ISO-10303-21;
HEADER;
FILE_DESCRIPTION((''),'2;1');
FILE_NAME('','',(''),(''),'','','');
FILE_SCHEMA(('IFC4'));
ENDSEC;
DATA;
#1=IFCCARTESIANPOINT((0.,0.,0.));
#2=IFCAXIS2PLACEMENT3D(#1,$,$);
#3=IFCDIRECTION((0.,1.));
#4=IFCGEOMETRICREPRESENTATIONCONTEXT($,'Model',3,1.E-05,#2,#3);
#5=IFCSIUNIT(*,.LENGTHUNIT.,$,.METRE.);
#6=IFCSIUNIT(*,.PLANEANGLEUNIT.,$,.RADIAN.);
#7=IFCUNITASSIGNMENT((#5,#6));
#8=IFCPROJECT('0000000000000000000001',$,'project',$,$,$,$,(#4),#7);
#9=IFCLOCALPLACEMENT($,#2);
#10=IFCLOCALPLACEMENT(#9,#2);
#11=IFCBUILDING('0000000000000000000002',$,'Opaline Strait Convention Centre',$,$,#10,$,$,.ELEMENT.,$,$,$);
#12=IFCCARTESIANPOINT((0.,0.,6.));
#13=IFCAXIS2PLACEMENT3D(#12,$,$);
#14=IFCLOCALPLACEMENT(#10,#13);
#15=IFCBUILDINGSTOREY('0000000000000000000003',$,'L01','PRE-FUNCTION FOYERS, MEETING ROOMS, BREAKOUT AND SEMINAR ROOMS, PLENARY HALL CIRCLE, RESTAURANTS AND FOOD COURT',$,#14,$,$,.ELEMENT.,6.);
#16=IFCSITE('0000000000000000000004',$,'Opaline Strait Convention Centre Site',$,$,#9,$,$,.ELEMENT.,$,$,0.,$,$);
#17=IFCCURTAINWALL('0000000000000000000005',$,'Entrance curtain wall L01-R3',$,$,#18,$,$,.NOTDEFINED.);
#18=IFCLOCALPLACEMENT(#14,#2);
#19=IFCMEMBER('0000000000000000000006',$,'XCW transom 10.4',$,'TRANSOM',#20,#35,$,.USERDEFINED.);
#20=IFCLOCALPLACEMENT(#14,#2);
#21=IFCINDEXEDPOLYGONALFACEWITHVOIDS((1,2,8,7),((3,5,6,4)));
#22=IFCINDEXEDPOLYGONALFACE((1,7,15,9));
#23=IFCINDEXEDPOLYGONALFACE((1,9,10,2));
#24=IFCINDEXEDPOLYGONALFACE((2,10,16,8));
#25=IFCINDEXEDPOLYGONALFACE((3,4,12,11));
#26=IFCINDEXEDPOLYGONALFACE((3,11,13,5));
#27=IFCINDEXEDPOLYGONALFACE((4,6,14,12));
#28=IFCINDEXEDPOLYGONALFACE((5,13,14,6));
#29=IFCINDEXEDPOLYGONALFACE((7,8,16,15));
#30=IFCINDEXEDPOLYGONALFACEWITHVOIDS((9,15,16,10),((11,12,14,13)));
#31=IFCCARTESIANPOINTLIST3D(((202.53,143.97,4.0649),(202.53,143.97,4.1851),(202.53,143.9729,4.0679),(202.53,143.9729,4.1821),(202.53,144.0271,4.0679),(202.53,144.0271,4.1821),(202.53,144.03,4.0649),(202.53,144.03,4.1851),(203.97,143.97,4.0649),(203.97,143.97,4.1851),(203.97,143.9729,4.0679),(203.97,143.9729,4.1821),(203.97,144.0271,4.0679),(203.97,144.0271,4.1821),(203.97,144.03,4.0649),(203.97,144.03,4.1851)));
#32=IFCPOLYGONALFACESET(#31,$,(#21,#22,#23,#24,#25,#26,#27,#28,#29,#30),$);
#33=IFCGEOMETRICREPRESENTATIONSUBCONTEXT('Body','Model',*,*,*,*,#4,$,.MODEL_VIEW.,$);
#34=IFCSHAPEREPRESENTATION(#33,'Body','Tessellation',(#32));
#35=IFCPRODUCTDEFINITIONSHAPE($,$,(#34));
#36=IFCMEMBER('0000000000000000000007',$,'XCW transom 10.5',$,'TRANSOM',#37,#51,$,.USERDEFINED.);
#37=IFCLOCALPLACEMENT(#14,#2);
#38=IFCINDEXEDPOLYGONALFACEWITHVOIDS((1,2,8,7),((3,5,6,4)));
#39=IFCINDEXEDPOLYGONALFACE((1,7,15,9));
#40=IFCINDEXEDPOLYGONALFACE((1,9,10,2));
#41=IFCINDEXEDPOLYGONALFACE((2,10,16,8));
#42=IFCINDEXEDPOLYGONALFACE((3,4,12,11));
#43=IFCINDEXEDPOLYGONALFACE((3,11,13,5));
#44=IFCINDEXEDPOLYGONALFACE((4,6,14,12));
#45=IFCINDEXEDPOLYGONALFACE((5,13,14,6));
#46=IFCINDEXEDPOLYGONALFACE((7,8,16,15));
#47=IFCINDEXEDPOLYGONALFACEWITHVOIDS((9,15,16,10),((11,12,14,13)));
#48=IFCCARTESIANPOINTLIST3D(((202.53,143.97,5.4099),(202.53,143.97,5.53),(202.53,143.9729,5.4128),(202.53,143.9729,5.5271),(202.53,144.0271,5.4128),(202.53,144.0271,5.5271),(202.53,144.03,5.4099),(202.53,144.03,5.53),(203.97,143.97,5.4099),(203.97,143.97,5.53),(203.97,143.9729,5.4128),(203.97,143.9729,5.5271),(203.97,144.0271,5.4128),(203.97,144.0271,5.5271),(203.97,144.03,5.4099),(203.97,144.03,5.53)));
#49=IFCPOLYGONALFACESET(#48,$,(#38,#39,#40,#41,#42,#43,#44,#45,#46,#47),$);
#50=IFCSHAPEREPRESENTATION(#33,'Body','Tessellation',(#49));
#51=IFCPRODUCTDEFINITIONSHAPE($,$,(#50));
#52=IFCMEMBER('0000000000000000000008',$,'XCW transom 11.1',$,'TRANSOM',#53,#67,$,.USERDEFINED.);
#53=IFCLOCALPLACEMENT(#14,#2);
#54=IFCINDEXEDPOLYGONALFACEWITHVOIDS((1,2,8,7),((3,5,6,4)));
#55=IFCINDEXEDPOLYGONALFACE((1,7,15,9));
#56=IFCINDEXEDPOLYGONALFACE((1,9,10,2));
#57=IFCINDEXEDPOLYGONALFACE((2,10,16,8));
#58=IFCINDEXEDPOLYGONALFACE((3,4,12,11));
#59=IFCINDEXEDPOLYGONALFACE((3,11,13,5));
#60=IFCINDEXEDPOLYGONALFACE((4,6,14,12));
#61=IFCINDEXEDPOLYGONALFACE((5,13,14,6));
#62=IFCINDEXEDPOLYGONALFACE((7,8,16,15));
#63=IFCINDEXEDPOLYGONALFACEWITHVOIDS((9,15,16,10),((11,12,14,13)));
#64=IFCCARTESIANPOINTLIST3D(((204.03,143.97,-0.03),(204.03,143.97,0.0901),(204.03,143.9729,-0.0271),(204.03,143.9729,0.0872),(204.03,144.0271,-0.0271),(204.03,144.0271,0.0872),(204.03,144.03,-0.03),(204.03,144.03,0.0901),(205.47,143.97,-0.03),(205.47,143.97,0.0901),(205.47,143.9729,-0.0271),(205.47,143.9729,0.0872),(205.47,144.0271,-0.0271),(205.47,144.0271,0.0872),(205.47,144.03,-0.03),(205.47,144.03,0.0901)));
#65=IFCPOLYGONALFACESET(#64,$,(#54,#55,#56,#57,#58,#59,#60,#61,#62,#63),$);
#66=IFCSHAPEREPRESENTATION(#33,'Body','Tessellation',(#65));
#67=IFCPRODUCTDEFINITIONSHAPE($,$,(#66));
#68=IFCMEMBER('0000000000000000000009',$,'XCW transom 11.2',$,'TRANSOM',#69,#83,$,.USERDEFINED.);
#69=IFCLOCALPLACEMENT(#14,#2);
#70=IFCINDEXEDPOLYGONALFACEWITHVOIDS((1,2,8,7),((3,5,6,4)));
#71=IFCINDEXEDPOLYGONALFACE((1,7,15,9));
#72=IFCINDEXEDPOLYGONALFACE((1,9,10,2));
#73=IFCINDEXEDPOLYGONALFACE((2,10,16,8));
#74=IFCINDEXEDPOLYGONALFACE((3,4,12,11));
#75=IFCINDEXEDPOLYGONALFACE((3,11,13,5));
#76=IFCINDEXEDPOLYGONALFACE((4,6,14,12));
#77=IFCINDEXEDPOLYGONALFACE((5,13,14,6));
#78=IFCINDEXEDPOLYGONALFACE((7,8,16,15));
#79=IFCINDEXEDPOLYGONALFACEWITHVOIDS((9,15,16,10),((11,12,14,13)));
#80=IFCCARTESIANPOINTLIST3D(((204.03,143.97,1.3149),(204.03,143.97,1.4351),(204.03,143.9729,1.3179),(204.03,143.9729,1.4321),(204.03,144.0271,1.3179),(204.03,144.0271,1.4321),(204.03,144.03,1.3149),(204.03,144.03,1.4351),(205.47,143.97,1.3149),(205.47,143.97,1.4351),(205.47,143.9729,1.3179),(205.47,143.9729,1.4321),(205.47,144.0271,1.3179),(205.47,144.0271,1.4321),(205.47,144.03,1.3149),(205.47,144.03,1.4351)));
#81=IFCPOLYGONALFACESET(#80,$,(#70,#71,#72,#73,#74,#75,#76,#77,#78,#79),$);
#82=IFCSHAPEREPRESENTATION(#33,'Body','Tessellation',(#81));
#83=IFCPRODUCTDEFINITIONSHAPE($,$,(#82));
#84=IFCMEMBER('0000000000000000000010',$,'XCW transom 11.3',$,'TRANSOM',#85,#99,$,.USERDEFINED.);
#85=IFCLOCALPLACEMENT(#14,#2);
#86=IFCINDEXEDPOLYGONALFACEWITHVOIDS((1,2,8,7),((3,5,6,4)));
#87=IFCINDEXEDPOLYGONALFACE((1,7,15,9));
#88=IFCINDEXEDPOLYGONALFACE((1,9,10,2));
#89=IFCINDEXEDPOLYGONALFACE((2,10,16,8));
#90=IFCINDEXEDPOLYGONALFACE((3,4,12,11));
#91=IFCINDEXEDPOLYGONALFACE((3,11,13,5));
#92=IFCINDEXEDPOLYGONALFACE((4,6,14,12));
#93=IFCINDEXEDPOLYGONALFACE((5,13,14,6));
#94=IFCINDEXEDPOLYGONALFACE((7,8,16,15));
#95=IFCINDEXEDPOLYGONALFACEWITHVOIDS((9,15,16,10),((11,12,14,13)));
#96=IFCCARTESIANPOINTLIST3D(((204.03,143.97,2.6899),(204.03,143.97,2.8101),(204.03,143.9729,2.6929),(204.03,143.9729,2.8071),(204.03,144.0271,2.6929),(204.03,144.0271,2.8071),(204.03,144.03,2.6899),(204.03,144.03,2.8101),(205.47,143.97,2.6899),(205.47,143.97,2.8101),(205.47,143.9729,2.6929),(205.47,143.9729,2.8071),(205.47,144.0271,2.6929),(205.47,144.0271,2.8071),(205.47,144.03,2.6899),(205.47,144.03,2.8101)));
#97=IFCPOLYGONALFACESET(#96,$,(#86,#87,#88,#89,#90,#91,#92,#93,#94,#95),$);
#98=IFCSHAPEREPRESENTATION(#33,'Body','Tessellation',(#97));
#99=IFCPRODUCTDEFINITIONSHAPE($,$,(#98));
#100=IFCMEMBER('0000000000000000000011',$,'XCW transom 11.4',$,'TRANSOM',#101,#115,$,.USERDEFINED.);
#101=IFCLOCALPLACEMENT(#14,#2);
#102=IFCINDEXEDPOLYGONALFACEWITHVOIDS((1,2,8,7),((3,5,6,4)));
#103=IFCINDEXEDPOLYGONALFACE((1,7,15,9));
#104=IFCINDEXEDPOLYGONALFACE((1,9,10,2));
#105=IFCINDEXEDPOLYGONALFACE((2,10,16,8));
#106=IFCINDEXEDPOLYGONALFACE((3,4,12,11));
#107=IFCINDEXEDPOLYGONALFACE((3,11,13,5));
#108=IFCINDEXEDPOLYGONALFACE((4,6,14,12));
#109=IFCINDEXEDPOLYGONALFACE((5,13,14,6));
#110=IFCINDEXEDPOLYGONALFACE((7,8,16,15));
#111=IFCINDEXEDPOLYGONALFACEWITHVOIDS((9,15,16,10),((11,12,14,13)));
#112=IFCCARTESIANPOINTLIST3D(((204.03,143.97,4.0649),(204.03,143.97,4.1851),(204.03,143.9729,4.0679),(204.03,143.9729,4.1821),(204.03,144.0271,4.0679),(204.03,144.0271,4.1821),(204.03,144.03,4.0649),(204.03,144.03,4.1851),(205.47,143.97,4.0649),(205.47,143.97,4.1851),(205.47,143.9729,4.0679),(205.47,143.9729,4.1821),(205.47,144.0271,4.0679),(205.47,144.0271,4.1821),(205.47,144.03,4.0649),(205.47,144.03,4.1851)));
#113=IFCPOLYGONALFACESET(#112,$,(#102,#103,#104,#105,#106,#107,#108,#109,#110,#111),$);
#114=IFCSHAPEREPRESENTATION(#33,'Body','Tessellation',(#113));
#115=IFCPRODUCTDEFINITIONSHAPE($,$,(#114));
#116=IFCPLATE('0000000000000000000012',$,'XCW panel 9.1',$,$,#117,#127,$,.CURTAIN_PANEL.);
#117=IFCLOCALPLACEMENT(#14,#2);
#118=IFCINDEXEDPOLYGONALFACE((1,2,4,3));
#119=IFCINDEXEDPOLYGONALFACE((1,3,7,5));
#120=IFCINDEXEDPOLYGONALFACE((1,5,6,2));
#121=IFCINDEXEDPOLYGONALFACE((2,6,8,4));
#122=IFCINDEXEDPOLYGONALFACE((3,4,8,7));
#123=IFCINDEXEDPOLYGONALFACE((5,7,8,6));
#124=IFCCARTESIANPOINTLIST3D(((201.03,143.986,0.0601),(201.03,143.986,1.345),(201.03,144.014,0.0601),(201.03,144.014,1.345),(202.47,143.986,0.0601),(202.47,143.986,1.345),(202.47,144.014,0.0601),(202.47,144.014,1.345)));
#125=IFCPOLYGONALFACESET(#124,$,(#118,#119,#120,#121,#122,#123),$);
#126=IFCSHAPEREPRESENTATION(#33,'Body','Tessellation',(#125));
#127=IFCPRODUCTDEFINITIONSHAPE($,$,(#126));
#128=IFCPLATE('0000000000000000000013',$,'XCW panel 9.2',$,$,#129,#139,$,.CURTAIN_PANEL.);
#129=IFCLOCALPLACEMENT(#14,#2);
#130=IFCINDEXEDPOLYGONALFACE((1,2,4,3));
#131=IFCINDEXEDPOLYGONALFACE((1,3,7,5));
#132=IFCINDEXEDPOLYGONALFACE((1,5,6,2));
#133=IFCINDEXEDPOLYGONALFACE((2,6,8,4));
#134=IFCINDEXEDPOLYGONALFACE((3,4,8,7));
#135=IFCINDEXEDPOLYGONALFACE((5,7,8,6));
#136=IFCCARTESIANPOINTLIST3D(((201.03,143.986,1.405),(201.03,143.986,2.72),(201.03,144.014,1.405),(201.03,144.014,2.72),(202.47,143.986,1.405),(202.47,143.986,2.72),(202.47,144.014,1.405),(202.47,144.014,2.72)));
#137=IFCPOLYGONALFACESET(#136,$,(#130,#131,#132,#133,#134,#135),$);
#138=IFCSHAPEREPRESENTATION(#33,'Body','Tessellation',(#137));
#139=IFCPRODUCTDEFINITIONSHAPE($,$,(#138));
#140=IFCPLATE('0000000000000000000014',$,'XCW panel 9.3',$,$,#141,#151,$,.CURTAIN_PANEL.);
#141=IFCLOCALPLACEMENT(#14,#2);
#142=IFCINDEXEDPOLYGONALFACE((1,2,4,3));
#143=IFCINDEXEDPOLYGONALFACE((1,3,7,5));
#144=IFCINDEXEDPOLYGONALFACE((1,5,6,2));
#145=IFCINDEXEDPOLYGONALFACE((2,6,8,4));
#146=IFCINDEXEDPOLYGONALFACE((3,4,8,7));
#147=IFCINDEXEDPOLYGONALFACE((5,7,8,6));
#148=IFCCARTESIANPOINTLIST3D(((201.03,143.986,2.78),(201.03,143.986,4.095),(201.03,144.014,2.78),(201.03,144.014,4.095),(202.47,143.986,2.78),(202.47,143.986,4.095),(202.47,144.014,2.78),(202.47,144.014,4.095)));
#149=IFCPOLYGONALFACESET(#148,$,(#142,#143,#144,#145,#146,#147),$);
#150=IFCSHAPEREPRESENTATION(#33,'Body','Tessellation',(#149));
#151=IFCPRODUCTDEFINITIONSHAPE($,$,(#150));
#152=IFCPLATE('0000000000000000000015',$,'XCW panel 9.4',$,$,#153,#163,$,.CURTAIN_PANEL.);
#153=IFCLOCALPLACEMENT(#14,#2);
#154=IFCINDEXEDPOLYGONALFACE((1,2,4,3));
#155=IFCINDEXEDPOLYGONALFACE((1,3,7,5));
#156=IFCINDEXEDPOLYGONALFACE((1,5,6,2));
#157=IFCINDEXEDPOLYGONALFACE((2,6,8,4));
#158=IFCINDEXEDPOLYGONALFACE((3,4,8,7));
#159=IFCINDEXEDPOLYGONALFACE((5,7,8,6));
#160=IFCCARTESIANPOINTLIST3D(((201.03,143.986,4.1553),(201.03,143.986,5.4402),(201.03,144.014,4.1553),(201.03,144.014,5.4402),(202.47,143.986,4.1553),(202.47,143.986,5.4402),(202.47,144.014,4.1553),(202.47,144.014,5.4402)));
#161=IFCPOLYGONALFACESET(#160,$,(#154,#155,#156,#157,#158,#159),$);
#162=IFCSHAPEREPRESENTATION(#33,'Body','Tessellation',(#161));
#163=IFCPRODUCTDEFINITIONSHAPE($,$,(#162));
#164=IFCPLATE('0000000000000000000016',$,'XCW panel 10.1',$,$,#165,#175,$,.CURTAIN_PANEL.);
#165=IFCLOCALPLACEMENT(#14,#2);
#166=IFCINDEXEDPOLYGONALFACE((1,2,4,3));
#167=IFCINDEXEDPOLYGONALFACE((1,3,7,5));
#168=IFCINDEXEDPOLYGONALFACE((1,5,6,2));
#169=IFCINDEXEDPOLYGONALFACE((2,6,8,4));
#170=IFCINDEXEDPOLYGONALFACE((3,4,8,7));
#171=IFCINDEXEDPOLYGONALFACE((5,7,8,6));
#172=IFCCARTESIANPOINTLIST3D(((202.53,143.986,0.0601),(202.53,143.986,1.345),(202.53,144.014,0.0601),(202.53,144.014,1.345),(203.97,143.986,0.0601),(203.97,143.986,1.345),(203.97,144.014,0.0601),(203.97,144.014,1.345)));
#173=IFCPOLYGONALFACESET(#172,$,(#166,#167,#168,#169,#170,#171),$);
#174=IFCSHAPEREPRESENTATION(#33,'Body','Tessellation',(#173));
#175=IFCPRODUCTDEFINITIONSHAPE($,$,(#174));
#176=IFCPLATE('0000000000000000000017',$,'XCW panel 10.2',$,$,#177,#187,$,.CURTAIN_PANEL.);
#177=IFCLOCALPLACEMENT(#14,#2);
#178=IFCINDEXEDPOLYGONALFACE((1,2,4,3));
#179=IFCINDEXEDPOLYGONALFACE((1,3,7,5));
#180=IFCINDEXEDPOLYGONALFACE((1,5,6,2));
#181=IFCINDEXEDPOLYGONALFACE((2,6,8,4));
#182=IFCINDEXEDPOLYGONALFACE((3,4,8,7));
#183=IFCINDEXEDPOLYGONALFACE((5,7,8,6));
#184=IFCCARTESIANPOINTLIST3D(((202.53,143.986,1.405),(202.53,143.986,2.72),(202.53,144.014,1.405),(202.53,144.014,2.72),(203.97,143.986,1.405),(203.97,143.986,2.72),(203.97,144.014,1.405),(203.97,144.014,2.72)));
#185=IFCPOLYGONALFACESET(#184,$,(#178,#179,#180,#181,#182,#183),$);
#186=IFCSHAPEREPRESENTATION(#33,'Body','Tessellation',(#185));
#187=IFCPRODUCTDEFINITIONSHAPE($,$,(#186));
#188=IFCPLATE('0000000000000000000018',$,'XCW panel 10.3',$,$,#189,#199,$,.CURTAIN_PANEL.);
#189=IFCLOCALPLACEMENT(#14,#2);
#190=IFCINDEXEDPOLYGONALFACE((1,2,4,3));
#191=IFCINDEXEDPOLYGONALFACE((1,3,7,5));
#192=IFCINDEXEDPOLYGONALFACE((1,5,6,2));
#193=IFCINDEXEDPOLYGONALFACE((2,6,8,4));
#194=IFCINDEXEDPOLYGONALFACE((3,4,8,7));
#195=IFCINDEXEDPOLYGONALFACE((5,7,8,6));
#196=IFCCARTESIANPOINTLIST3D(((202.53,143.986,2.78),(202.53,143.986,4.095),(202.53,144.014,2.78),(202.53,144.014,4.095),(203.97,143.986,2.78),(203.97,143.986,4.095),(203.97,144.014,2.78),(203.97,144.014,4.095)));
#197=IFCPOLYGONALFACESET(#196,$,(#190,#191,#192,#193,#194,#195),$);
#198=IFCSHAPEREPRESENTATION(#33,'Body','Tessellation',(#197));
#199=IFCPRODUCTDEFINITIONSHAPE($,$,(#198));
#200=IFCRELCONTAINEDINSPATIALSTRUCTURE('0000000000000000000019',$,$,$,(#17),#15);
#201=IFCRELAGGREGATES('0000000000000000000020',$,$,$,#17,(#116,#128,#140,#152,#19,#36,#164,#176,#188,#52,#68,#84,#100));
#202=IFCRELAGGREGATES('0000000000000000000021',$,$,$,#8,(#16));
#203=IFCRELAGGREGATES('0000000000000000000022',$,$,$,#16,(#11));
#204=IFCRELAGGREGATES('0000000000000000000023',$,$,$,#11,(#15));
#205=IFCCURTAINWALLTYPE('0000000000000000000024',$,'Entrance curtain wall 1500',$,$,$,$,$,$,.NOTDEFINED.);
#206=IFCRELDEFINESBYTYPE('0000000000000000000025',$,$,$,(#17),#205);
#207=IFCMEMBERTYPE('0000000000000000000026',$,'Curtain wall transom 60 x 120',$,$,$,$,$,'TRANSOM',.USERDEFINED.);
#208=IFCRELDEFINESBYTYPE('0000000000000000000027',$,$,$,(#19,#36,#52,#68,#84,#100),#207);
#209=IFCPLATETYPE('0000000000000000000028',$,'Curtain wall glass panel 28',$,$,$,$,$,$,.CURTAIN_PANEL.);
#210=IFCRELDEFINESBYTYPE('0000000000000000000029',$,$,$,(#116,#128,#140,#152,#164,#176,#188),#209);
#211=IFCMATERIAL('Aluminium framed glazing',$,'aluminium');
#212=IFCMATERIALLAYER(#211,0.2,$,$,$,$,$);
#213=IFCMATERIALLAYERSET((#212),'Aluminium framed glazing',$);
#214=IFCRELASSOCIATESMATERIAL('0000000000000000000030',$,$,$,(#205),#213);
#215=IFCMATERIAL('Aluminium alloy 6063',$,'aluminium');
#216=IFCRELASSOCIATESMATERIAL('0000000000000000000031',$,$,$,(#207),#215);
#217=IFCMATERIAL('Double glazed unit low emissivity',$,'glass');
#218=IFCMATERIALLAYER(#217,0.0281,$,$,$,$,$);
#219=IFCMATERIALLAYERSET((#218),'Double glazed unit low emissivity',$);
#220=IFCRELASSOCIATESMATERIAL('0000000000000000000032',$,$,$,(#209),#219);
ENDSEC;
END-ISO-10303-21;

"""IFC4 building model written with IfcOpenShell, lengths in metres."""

from ifc_helpers import new_model, si_unit, direction, frame, origin, origin_2d, place, context, subcontext, project, spatial, rectangle, hollow_rectangle, extrude, material, layer, layer_set, material_profile, profile_set, type_object, element, aggregate, save


model = new_model("IFC4")

# Units and contexts
model_context = context("Model", 3, precision=1e-05, world=origin(), true_north=direction((0.0, 1.0)))
body_context = subcontext(model_context, "Body", "Model", "MODEL_VIEW")
ifc_project = project(units=[si_unit("LENGTHUNIT", "METRE"), si_unit("PLANEANGLEUNIT", "RADIAN")], contexts=[model_context])

# Site, building, storey
site_placement = place(None, origin())
site = spatial("IfcSite", under=ifc_project, at=site_placement, Name="Opaline Strait Convention Centre Site", CompositionType="ELEMENT", RefElevation=0.0)
building_placement = place(site_placement, origin())
building = spatial("IfcBuilding", under=site, at=building_placement, Name="Opaline Strait Convention Centre", CompositionType="ELEMENT")
storey_placement = place(building_placement, frame((0.0, 0.0, 6.0)))
storey = spatial("IfcBuildingStorey", under=building, at=storey_placement, Name="L01", Description="PRE-FUNCTION FOYERS, MEETING ROOMS, BREAKOUT AND SEMINAR ROOMS, PLENARY HALL CIRCLE, RESTAURANTS AND FOOD COURT", CompositionType="ELEMENT", Elevation=6.0)

# Curtain wall, members, plates
ifc_material_1 = material(Name="Aluminium framed glazing", Category="aluminium")
ifc_layer_1 = layer(ifc_material_1, 0.2)
ifc_layer_set_1 = layer_set([ifc_layer_1], Name="Aluminium framed glazing")
curtain_wall_type = type_object("IfcCurtainWallType", Name="Entrance curtain wall 1500", PredefinedType="NOTDEFINED", material=ifc_layer_set_1)
curtain_wall_placement = place(storey_placement, origin())
curtain_wall = element("IfcCurtainWall", 1, at=curtain_wall_placement, inside=storey, type_object=curtain_wall_type, Name="Entrance curtain wall L01-R3", PredefinedType="NOTDEFINED")
ifc_material_2 = material(Name="Aluminium alloy 6063", Category="aluminium")
ifc_material_profile_1 = material_profile(ifc_material_2, hollow_rectangle(XDim=0.0601, YDim=0.1201, WallThickness=0.0029, at=origin_2d()), Name="TRANSOM 60x120x3")
ifc_profile_set_1 = profile_set([ifc_material_profile_1], Name="Aluminium alloy 6063")
member_type_1 = type_object("IfcMemberType", Name="Curtain wall transom 60 x 120", ElementType="TRANSOM", PredefinedType="USERDEFINED", material=ifc_profile_set_1)
member_1_placement = place(storey_placement, frame((202.53, 144.0, 4.125), z_axis=(1.0, 0.0, 0.0), x_axis=(0.0, 1.0, 0.0)))
member_1 = element("IfcMember", 2, at=member_1_placement, type_object=member_type_1, Name="XCW transom 10.4", ObjectType="TRANSOM", PredefinedType="USERDEFINED", context=body_context, shape_type="SweptSolid", body=[
    extrude(hollow_rectangle(XDim=0.0601, YDim=0.1201, WallThickness=0.0029, at=origin_2d()), origin(), (0.0, 0.0, 1.0), 1.4399),
])
member_2_placement = place(storey_placement, frame((202.53, 144.0, 5.47), z_axis=(1.0, 0.0, 0.0), x_axis=(0.0, 1.0, 0.0)))
member_2 = element("IfcMember", 3, at=member_2_placement, type_object=member_type_1, Name="XCW transom 10.5", ObjectType="TRANSOM", PredefinedType="USERDEFINED", context=body_context, shape_type="SweptSolid", body=[
    extrude(hollow_rectangle(XDim=0.0601, YDim=0.1201, WallThickness=0.0029, at=origin_2d()), origin(), (0.0, 0.0, 1.0), 1.4399),
])
member_3_placement = place(storey_placement, frame((204.03, 144.0, 0.03), z_axis=(1.0, 0.0, 0.0), x_axis=(0.0, 1.0, 0.0)))
member_3 = element("IfcMember", 4, at=member_3_placement, type_object=member_type_1, Name="XCW transom 11.1", ObjectType="TRANSOM", PredefinedType="USERDEFINED", context=body_context, shape_type="SweptSolid", body=[
    extrude(hollow_rectangle(XDim=0.0601, YDim=0.1201, WallThickness=0.0029, at=origin_2d()), origin(), (0.0, 0.0, 1.0), 1.4399),
])
member_4_placement = place(storey_placement, frame((204.03, 144.0, 1.375), z_axis=(1.0, 0.0, 0.0), x_axis=(0.0, 1.0, 0.0)))
member_4 = element("IfcMember", 5, at=member_4_placement, type_object=member_type_1, Name="XCW transom 11.2", ObjectType="TRANSOM", PredefinedType="USERDEFINED", context=body_context, shape_type="SweptSolid", body=[
    extrude(hollow_rectangle(XDim=0.0601, YDim=0.1201, WallThickness=0.0029, at=origin_2d()), origin(), (0.0, 0.0, 1.0), 1.4399),
])
member_5_placement = place(storey_placement, frame((204.03, 144.0, 2.75), z_axis=(1.0, 0.0, 0.0), x_axis=(0.0, 1.0, 0.0)))
member_5 = element("IfcMember", 6, at=member_5_placement, type_object=member_type_1, Name="XCW transom 11.3", ObjectType="TRANSOM", PredefinedType="USERDEFINED", context=body_context, shape_type="SweptSolid", body=[
    extrude(hollow_rectangle(XDim=0.0601, YDim=0.1201, WallThickness=0.0029, at=origin_2d()), origin(), (0.0, 0.0, 1.0), 1.4399),
])
member_6_placement = place(storey_placement, frame((204.03, 144.0, 4.125), z_axis=(1.0, 0.0, 0.0), x_axis=(0.0, 1.0, 0.0)))
member_6 = element("IfcMember", 7, at=member_6_placement, type_object=member_type_1, Name="XCW transom 11.4", ObjectType="TRANSOM", PredefinedType="USERDEFINED", context=body_context, shape_type="SweptSolid", body=[
    extrude(hollow_rectangle(XDim=0.0601, YDim=0.1201, WallThickness=0.0029, at=origin_2d()), origin(), (0.0, 0.0, 1.0), 1.4399),
])
ifc_material_3 = material(Name="Double glazed unit low emissivity", Category="glass")
ifc_layer_2 = layer(ifc_material_3, 0.0281)
ifc_layer_set_2 = layer_set([ifc_layer_2], Name="Double glazed unit low emissivity")
plate_type = type_object("IfcPlateType", Name="Curtain wall glass panel 28", PredefinedType="CURTAIN_PANEL", material=ifc_layer_set_2)
plate_1_placement = place(storey_placement, frame((201.75, 144.0, 0.0601), z_axis=(0.0, 0.0, 1.0), x_axis=(1.0, 0.0, 0.0)))
plate_1 = element("IfcPlate", 8, at=plate_1_placement, type_object=plate_type, Name="XCW panel 9.1", PredefinedType="CURTAIN_PANEL", context=body_context, shape_type="SweptSolid", body=[
    extrude(rectangle(XDim=1.4399, YDim=0.0281, at=origin_2d()), origin(), (0.0, 0.0, 1.0), 1.2849),
])
plate_2_placement = place(storey_placement, frame((201.75, 144.0, 1.405), z_axis=(0.0, 0.0, 1.0), x_axis=(1.0, 0.0, 0.0)))
plate_2 = element("IfcPlate", 9, at=plate_2_placement, type_object=plate_type, Name="XCW panel 9.2", PredefinedType="CURTAIN_PANEL", context=body_context, shape_type="SweptSolid", body=[
    extrude(rectangle(XDim=1.4399, YDim=0.0281, at=origin_2d()), origin(), (0.0, 0.0, 1.0), 1.3149),
])
plate_3_placement = place(storey_placement, frame((201.75, 144.0, 2.78), z_axis=(0.0, 0.0, 1.0), x_axis=(1.0, 0.0, 0.0)))
plate_3 = element("IfcPlate", 10, at=plate_3_placement, type_object=plate_type, Name="XCW panel 9.3", PredefinedType="CURTAIN_PANEL", context=body_context, shape_type="SweptSolid", body=[
    extrude(rectangle(XDim=1.4399, YDim=0.0281, at=origin_2d()), origin(), (0.0, 0.0, 1.0), 1.3149),
])
plate_4_placement = place(storey_placement, frame((201.75, 144.0, 4.1553), z_axis=(0.0, 0.0, 1.0), x_axis=(1.0, 0.0, 0.0)))
plate_4 = element("IfcPlate", 11, at=plate_4_placement, type_object=plate_type, Name="XCW panel 9.4", PredefinedType="CURTAIN_PANEL", context=body_context, shape_type="SweptSolid", body=[
    extrude(rectangle(XDim=1.4399, YDim=0.0281, at=origin_2d()), origin(), (0.0, 0.0, 1.0), 1.2849),
])
plate_5_placement = place(storey_placement, frame((203.25, 144.0, 0.0601), z_axis=(0.0, 0.0, 1.0), x_axis=(1.0, 0.0, 0.0)))
plate_5 = element("IfcPlate", 12, at=plate_5_placement, type_object=plate_type, Name="XCW panel 10.1", PredefinedType="CURTAIN_PANEL", context=body_context, shape_type="SweptSolid", body=[
    extrude(rectangle(XDim=1.4399, YDim=0.0281, at=origin_2d()), origin(), (0.0, 0.0, 1.0), 1.2849),
])
plate_6_placement = place(storey_placement, frame((203.25, 144.0, 1.405), z_axis=(0.0, 0.0, 1.0), x_axis=(1.0, 0.0, 0.0)))
plate_6 = element("IfcPlate", 13, at=plate_6_placement, type_object=plate_type, Name="XCW panel 10.2", PredefinedType="CURTAIN_PANEL", context=body_context, shape_type="SweptSolid", body=[
    extrude(rectangle(XDim=1.4399, YDim=0.0281, at=origin_2d()), origin(), (0.0, 0.0, 1.0), 1.3149),
])
plate_7_placement = place(storey_placement, frame((203.25, 144.0, 2.78), z_axis=(0.0, 0.0, 1.0), x_axis=(1.0, 0.0, 0.0)))
plate_7 = element("IfcPlate", 14, at=plate_7_placement, type_object=plate_type, Name="XCW panel 10.3", PredefinedType="CURTAIN_PANEL", context=body_context, shape_type="SweptSolid", body=[
    extrude(rectangle(XDim=1.4399, YDim=0.0281, at=origin_2d()), origin(), (0.0, 0.0, 1.0), 1.3149),
])
aggregate(curtain_wall, [plate_1, plate_2, plate_3, plate_4, member_1, member_2, plate_5, plate_6, plate_7, member_3, member_4, member_5, member_6])

save(model, "model.ifc")
